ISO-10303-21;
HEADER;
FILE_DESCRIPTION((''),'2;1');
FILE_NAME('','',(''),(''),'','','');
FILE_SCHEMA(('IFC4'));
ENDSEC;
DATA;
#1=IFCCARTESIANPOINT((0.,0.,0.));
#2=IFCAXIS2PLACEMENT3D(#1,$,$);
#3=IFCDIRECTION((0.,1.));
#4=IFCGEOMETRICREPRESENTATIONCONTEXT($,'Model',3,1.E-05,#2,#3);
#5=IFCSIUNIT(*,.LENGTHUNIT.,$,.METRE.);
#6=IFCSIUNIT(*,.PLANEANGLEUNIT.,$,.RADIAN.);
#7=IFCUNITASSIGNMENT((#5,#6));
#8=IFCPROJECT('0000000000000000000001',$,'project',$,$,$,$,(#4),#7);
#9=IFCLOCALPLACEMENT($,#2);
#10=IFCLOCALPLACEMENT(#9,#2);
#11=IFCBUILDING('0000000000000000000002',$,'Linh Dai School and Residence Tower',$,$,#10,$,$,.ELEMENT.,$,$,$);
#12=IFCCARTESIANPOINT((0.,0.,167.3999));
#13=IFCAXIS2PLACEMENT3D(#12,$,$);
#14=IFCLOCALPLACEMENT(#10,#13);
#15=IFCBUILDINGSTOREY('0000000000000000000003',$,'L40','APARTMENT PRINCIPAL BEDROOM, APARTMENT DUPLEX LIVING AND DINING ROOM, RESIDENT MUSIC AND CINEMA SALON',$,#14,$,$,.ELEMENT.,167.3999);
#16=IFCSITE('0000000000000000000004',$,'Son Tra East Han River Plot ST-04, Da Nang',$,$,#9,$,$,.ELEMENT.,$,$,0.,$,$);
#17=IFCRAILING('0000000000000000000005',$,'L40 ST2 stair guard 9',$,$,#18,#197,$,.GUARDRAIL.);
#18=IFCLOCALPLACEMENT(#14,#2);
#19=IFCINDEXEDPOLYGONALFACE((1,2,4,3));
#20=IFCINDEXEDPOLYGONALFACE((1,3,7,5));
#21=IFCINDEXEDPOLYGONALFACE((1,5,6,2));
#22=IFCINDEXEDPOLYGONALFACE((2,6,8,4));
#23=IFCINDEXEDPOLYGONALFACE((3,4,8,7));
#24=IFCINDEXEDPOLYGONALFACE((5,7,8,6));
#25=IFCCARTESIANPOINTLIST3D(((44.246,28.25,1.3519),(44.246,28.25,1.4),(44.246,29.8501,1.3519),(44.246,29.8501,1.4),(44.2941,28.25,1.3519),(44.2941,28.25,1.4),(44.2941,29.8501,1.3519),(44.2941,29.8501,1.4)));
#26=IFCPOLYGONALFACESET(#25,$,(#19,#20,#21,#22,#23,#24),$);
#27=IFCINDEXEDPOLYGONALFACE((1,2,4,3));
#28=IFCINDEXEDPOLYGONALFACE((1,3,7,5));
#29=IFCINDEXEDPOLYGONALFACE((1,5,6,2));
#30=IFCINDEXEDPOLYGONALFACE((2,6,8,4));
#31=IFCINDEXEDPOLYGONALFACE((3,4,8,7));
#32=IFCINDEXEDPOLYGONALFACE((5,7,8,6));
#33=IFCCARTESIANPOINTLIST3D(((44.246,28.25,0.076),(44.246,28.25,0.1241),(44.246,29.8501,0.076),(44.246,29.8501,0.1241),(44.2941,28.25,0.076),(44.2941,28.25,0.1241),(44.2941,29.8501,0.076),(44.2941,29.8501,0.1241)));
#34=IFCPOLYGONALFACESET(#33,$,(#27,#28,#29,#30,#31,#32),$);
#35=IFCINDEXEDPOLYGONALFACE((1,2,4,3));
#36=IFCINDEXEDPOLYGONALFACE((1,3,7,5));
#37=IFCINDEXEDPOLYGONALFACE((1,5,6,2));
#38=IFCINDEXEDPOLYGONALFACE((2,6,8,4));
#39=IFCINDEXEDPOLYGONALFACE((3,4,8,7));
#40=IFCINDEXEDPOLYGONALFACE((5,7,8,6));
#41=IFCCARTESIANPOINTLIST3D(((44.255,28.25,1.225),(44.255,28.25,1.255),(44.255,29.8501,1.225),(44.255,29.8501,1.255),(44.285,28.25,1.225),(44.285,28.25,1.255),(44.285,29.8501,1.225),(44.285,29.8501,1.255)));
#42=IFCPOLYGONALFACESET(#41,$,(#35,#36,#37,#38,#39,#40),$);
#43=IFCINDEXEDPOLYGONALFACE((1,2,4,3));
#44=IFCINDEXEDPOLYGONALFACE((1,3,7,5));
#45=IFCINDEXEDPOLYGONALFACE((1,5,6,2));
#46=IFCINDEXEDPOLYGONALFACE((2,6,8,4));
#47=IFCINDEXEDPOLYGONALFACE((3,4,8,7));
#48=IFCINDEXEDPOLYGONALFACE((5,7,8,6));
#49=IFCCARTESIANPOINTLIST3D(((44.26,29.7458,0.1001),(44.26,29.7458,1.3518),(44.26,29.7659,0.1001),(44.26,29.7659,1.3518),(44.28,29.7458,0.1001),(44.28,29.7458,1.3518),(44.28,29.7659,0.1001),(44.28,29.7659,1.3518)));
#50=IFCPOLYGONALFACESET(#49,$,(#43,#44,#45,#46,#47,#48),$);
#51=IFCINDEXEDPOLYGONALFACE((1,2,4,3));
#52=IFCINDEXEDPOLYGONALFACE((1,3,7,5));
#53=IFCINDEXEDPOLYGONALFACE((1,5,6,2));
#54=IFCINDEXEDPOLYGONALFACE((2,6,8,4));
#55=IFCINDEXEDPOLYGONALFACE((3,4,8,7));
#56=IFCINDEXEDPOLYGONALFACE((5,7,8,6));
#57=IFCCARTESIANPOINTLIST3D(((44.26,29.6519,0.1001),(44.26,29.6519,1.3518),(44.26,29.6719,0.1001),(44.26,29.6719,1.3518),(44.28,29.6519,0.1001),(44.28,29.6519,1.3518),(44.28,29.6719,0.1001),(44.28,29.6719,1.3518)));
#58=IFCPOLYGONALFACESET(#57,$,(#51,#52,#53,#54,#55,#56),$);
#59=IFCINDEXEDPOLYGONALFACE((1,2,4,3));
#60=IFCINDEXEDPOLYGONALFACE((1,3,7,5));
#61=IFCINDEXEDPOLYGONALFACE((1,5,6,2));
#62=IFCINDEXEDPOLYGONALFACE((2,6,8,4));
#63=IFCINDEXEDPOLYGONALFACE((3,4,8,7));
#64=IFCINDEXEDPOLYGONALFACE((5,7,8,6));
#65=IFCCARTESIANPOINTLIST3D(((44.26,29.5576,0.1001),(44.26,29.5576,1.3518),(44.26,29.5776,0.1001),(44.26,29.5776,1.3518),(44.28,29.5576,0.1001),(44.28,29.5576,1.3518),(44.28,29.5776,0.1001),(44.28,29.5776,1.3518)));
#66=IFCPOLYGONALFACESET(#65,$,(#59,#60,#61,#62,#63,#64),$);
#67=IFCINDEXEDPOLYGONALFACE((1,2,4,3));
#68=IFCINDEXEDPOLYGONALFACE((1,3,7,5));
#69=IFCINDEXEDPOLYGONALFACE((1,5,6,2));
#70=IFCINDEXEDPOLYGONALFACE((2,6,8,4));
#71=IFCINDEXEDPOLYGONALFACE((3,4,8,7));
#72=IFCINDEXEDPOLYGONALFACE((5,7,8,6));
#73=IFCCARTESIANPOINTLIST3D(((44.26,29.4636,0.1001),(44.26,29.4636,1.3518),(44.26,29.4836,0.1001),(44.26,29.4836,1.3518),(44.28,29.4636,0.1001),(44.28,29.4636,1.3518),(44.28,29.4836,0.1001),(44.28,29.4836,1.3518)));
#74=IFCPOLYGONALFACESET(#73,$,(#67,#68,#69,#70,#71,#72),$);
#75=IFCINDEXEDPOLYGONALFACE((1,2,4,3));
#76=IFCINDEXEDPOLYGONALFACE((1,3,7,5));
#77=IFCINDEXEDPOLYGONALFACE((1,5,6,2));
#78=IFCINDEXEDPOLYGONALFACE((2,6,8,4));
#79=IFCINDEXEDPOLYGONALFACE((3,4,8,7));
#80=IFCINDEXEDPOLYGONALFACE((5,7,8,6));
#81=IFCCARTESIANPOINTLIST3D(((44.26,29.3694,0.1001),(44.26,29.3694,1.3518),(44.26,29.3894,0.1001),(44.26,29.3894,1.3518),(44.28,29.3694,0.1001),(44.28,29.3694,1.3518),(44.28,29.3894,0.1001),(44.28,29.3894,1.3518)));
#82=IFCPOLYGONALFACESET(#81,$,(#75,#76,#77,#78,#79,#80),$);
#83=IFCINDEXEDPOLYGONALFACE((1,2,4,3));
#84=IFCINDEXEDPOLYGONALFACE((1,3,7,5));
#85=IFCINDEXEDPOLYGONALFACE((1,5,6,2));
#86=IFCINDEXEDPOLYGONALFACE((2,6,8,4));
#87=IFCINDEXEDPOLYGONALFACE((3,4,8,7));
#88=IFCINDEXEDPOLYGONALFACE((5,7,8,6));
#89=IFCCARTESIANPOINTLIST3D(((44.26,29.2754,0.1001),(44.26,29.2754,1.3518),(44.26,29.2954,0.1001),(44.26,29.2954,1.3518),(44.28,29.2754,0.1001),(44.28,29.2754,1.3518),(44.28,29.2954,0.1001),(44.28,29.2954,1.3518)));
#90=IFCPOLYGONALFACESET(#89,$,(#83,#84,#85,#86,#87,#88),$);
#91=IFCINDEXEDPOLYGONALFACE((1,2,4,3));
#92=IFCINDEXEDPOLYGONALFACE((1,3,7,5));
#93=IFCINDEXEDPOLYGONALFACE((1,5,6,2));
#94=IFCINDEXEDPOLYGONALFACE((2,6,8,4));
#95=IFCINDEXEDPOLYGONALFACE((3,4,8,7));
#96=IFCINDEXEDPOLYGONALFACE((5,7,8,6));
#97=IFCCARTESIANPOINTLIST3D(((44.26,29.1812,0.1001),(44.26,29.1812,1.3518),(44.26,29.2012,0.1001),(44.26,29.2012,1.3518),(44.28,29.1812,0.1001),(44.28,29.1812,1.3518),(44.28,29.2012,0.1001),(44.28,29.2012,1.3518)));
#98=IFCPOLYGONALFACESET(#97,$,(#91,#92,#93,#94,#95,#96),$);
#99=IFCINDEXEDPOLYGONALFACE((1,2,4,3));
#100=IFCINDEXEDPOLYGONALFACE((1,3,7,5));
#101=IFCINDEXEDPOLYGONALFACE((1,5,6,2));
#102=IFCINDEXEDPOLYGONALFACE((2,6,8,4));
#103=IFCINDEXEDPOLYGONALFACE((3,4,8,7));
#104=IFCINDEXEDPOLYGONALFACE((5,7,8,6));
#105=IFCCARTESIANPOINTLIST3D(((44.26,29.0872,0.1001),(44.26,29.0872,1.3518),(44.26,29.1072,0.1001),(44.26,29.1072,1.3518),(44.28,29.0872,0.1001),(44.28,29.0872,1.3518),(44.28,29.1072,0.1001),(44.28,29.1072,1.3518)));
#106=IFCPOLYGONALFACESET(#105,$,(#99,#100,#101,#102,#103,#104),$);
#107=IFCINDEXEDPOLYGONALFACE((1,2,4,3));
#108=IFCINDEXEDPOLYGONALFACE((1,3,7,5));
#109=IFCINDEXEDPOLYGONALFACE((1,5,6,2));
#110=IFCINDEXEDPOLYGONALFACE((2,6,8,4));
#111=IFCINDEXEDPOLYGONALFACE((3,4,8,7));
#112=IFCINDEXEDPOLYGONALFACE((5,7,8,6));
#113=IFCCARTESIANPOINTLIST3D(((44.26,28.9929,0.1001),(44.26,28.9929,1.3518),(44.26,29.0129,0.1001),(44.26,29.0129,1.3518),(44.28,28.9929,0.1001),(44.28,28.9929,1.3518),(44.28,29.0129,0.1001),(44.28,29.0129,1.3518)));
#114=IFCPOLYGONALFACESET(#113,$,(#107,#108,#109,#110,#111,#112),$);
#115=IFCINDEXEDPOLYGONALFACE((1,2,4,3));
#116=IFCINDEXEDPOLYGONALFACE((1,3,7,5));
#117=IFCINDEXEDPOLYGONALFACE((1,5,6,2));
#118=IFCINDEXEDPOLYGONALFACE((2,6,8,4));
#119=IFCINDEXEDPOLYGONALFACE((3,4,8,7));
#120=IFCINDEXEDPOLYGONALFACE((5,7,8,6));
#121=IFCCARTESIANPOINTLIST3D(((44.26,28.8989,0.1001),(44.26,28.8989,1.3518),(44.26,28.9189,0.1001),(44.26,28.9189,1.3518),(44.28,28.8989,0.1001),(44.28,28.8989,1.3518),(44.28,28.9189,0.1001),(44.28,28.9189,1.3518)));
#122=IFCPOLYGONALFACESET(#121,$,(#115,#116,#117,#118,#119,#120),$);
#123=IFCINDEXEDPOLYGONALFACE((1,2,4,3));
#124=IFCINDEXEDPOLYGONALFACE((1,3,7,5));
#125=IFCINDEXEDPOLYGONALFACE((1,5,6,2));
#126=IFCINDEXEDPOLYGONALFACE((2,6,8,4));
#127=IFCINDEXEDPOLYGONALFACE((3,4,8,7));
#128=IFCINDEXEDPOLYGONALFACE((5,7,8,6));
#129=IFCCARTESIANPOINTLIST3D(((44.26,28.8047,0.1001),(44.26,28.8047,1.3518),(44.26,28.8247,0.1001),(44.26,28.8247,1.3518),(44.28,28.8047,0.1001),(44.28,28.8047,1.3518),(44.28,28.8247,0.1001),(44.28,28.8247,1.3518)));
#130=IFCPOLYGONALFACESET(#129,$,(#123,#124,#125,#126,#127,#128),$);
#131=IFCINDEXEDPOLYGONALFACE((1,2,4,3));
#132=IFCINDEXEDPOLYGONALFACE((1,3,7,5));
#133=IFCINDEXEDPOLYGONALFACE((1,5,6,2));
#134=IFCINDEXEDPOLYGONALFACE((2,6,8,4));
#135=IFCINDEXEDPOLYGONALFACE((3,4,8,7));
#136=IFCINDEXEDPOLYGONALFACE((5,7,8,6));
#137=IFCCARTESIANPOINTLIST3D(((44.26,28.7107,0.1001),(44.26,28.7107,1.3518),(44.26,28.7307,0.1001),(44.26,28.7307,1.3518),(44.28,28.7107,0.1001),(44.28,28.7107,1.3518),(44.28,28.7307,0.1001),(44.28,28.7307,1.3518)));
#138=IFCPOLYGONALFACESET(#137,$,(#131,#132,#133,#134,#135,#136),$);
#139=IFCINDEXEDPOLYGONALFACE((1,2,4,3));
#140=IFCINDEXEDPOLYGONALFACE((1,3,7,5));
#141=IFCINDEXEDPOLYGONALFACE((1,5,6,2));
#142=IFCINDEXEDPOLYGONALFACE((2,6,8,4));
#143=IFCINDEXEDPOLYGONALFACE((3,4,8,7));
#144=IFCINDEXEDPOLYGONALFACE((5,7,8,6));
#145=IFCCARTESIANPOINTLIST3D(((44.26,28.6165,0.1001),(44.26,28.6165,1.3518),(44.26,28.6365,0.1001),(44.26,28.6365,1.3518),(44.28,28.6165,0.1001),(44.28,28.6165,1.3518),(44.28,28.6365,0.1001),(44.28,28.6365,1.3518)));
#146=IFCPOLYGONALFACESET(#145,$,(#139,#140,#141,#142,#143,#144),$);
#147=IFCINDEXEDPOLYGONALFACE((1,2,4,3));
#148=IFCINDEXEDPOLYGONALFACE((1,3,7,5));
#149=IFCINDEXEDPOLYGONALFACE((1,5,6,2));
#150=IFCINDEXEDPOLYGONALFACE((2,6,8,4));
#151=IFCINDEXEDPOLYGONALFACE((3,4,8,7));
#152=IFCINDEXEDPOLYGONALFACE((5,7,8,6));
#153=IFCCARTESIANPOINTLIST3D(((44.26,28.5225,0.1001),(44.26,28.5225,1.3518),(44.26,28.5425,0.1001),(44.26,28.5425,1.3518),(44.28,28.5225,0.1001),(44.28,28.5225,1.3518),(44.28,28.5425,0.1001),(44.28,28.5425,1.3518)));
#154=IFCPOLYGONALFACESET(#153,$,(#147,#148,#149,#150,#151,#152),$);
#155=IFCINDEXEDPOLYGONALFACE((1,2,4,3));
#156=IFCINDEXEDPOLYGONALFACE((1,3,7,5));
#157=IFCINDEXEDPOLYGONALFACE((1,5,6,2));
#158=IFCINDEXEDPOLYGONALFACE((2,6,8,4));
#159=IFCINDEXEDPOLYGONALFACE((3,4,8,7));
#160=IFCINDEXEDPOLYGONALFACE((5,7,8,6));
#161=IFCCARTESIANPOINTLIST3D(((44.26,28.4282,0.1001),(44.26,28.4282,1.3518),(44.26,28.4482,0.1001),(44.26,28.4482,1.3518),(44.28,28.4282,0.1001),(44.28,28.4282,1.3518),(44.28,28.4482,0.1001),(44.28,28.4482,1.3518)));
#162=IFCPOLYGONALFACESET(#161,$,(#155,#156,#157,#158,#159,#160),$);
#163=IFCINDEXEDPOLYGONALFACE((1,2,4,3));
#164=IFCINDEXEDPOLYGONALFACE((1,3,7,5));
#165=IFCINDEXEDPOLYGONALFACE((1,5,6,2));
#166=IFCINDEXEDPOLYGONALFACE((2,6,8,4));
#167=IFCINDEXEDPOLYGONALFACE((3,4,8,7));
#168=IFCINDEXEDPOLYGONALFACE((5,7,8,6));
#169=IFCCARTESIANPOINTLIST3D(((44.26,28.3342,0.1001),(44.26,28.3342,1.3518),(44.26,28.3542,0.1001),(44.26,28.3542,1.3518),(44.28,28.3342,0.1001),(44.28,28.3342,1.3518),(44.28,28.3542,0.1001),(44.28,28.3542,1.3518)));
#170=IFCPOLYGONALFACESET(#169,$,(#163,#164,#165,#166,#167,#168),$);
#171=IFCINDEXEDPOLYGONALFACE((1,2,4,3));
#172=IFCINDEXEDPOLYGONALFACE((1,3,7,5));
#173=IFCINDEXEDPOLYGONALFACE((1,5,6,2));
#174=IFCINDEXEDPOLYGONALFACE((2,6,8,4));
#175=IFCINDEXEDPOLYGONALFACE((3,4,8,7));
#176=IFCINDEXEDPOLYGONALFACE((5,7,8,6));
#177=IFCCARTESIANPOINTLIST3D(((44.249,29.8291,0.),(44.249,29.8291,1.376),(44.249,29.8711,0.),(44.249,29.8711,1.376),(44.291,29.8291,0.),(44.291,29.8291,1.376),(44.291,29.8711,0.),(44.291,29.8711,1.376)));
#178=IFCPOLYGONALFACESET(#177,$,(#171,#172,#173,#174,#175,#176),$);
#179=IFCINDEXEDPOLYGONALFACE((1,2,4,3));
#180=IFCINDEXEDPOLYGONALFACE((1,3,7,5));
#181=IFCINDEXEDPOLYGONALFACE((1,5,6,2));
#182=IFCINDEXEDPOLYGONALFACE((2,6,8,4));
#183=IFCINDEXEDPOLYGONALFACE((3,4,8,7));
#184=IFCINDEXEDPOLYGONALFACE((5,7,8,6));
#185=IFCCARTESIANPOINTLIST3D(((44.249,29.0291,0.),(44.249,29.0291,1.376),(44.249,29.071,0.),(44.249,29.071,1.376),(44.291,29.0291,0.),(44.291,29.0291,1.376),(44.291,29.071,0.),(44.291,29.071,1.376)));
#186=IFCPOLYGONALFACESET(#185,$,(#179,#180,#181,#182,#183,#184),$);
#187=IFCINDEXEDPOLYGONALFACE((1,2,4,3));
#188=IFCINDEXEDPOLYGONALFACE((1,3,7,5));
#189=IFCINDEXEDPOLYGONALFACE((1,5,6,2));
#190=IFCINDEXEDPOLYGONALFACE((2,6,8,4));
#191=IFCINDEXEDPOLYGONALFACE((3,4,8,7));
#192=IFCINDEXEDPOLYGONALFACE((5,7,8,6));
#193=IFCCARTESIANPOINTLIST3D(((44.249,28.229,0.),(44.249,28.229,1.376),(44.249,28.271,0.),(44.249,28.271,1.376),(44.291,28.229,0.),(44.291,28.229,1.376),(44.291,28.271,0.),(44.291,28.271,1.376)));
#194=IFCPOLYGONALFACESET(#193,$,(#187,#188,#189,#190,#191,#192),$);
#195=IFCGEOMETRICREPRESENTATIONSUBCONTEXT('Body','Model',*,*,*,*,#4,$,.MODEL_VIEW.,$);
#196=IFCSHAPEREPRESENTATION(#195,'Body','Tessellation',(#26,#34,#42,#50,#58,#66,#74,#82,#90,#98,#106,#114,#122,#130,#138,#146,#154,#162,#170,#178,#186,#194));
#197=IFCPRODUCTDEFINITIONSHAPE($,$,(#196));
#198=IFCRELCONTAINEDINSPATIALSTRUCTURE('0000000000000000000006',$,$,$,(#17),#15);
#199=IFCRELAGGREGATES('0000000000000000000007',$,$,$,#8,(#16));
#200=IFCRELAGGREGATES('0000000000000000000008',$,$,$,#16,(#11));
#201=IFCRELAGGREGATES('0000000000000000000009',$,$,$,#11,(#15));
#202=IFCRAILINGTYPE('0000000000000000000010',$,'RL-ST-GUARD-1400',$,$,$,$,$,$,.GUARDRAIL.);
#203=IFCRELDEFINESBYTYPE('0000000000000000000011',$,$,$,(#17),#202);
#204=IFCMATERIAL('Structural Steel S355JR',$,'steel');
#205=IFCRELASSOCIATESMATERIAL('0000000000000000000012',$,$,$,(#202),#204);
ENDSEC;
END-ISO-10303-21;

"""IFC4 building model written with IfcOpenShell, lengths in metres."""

from ifc_helpers import new_model, si_unit, direction, frame, origin, origin_2d, place, context, subcontext, project, spatial, rectangle, extrude, source, transform, mapped, material, type_object, element, save


model = new_model("IFC4")

# Units and contexts
model_context = context("Model", 3, precision=1e-05, world=origin(), true_north=direction((0.0, 1.0)))
body_context = subcontext(model_context, "Body", "Model", "MODEL_VIEW")
ifc_project = project(units=[si_unit("LENGTHUNIT", "METRE"), si_unit("PLANEANGLEUNIT", "RADIAN")], contexts=[model_context])

# Site, building, storey
site_placement = place(None, origin())
site = spatial("IfcSite", under=ifc_project, at=site_placement, Name="Son Tra East Han River Plot ST-04, Da Nang", CompositionType="ELEMENT", RefElevation=0.0)
building_placement = place(site_placement, origin())
building = spatial("IfcBuilding", under=site, at=building_placement, Name="Linh Dai School and Residence Tower", CompositionType="ELEMENT")
storey_placement = place(building_placement, frame((0.0, 0.0, 167.3999)))
storey = spatial("IfcBuildingStorey", under=building, at=storey_placement, Name="L40", Description="APARTMENT PRINCIPAL BEDROOM, APARTMENT DUPLEX LIVING AND DINING ROOM, RESIDENT MUSIC AND CINEMA SALON", CompositionType="ELEMENT", Elevation=167.3999)

# Shared definitions
ifc_material_1 = material(Name="Structural Steel S355JR", Category="steel")

# Railing
railing_type_1 = type_object("IfcRailingType", Name="RL-ST-GUARD-1400", PredefinedType="GUARDRAIL", material=ifc_material_1)
shared_shape_1 = source(origin(), body_context, "Body", "SweptSolid", [
    extrude(rectangle(XDim=0.0481, YDim=0.0481, at=origin_2d()), frame((0.0, 0.0, 1.376), z_axis=(0.0, -1.0, 0.0), x_axis=(1.0, 0.0, 0.0)), (0.0, 0.0, 1.0), 1.6001),
    extrude(rectangle(XDim=0.0481, YDim=0.0481, at=origin_2d()), frame((0.0, 0.0, 0.1001), z_axis=(0.0, -1.0, 0.0), x_axis=(1.0, 0.0, 0.0)), (0.0, 0.0, 1.0), 1.6001),
    extrude(rectangle(XDim=0.03, YDim=0.03, at=origin_2d()), frame((0.0, 0.0, 1.24), z_axis=(0.0, -1.0, 0.0), x_axis=(1.0, 0.0, 0.0)), (0.0, 0.0, 1.0), 1.6001),
    extrude(rectangle(XDim=0.02, YDim=0.02, at=origin_2d()), frame((0.0, -0.0942, 0.1001)), (0.0, 0.0, 1.0), 1.2517),
    extrude(rectangle(XDim=0.02, YDim=0.02, at=origin_2d()), frame((0.0, -0.1882, 0.1001)), (0.0, 0.0, 1.0), 1.2517),
    extrude(rectangle(XDim=0.02, YDim=0.02, at=origin_2d()), frame((0.0, -0.2825, 0.1001)), (0.0, 0.0, 1.0), 1.2517),
    extrude(rectangle(XDim=0.02, YDim=0.02, at=origin_2d()), frame((0.0, -0.3765, 0.1001)), (0.0, 0.0, 1.0), 1.2517),
    extrude(rectangle(XDim=0.02, YDim=0.02, at=origin_2d()), frame((0.0, -0.4707, 0.1001)), (0.0, 0.0, 1.0), 1.2517),
    extrude(rectangle(XDim=0.02, YDim=0.02, at=origin_2d()), frame((0.0, -0.5647, 0.1001)), (0.0, 0.0, 1.0), 1.2517),
    extrude(rectangle(XDim=0.02, YDim=0.02, at=origin_2d()), frame((0.0, -0.6589, 0.1001)), (0.0, 0.0, 1.0), 1.2517),
    extrude(rectangle(XDim=0.02, YDim=0.02, at=origin_2d()), frame((0.0, -0.7529, 0.1001)), (0.0, 0.0, 1.0), 1.2517),
    extrude(rectangle(XDim=0.02, YDim=0.02, at=origin_2d()), frame((0.0, -0.8472, 0.1001)), (0.0, 0.0, 1.0), 1.2517),
    extrude(rectangle(XDim=0.02, YDim=0.02, at=origin_2d()), frame((0.0, -0.9412, 0.1001)), (0.0, 0.0, 1.0), 1.2517),
    extrude(rectangle(XDim=0.02, YDim=0.02, at=origin_2d()), frame((0.0, -1.0354, 0.1001)), (0.0, 0.0, 1.0), 1.2517),
    extrude(rectangle(XDim=0.02, YDim=0.02, at=origin_2d()), frame((0.0, -1.1294, 0.1001)), (0.0, 0.0, 1.0), 1.2517),
    extrude(rectangle(XDim=0.02, YDim=0.02, at=origin_2d()), frame((0.0, -1.2236, 0.1001)), (0.0, 0.0, 1.0), 1.2517),
    extrude(rectangle(XDim=0.02, YDim=0.02, at=origin_2d()), frame((0.0, -1.3176, 0.1001)), (0.0, 0.0, 1.0), 1.2517),
    extrude(rectangle(XDim=0.02, YDim=0.02, at=origin_2d()), frame((0.0, -1.4119, 0.1001)), (0.0, 0.0, 1.0), 1.2517),
    extrude(rectangle(XDim=0.02, YDim=0.02, at=origin_2d()), frame((0.0, -1.5059, 0.1001)), (0.0, 0.0, 1.0), 1.2517),
    extrude(rectangle(XDim=0.042, YDim=0.042, at=origin_2d()), origin(), (0.0, 0.0, 1.0), 1.376),
    extrude(rectangle(XDim=0.042, YDim=0.042, at=origin_2d()), frame((0.0, -0.8, 0.0)), (0.0, 0.0, 1.0), 1.376),
    extrude(rectangle(XDim=0.042, YDim=0.042, at=origin_2d()), frame((0.0, -1.6001, 0.0)), (0.0, 0.0, 1.0), 1.376),
])
for number, where, name in (
    (1, (44.27, 29.8501, 0.0), "L40 ST2 stair guard 9"),
):
    element("IfcRailing", number, at=place(storey_placement, frame(where)), inside=storey, type_object=railing_type_1, Name=name, PredefinedType="GUARDRAIL", context=body_context, shape_type="MappedRepresentation", body=[
        mapped(shared_shape_1, transform((0.0, 0.0, 0.0), x_axis=(1.0, 0.0, 0.0), y_axis=(0.0, 1.0, 0.0), z_axis=(0.0, 0.0, 1.0), scale=1.0)),
    ])

save(model, "model.ifc")
